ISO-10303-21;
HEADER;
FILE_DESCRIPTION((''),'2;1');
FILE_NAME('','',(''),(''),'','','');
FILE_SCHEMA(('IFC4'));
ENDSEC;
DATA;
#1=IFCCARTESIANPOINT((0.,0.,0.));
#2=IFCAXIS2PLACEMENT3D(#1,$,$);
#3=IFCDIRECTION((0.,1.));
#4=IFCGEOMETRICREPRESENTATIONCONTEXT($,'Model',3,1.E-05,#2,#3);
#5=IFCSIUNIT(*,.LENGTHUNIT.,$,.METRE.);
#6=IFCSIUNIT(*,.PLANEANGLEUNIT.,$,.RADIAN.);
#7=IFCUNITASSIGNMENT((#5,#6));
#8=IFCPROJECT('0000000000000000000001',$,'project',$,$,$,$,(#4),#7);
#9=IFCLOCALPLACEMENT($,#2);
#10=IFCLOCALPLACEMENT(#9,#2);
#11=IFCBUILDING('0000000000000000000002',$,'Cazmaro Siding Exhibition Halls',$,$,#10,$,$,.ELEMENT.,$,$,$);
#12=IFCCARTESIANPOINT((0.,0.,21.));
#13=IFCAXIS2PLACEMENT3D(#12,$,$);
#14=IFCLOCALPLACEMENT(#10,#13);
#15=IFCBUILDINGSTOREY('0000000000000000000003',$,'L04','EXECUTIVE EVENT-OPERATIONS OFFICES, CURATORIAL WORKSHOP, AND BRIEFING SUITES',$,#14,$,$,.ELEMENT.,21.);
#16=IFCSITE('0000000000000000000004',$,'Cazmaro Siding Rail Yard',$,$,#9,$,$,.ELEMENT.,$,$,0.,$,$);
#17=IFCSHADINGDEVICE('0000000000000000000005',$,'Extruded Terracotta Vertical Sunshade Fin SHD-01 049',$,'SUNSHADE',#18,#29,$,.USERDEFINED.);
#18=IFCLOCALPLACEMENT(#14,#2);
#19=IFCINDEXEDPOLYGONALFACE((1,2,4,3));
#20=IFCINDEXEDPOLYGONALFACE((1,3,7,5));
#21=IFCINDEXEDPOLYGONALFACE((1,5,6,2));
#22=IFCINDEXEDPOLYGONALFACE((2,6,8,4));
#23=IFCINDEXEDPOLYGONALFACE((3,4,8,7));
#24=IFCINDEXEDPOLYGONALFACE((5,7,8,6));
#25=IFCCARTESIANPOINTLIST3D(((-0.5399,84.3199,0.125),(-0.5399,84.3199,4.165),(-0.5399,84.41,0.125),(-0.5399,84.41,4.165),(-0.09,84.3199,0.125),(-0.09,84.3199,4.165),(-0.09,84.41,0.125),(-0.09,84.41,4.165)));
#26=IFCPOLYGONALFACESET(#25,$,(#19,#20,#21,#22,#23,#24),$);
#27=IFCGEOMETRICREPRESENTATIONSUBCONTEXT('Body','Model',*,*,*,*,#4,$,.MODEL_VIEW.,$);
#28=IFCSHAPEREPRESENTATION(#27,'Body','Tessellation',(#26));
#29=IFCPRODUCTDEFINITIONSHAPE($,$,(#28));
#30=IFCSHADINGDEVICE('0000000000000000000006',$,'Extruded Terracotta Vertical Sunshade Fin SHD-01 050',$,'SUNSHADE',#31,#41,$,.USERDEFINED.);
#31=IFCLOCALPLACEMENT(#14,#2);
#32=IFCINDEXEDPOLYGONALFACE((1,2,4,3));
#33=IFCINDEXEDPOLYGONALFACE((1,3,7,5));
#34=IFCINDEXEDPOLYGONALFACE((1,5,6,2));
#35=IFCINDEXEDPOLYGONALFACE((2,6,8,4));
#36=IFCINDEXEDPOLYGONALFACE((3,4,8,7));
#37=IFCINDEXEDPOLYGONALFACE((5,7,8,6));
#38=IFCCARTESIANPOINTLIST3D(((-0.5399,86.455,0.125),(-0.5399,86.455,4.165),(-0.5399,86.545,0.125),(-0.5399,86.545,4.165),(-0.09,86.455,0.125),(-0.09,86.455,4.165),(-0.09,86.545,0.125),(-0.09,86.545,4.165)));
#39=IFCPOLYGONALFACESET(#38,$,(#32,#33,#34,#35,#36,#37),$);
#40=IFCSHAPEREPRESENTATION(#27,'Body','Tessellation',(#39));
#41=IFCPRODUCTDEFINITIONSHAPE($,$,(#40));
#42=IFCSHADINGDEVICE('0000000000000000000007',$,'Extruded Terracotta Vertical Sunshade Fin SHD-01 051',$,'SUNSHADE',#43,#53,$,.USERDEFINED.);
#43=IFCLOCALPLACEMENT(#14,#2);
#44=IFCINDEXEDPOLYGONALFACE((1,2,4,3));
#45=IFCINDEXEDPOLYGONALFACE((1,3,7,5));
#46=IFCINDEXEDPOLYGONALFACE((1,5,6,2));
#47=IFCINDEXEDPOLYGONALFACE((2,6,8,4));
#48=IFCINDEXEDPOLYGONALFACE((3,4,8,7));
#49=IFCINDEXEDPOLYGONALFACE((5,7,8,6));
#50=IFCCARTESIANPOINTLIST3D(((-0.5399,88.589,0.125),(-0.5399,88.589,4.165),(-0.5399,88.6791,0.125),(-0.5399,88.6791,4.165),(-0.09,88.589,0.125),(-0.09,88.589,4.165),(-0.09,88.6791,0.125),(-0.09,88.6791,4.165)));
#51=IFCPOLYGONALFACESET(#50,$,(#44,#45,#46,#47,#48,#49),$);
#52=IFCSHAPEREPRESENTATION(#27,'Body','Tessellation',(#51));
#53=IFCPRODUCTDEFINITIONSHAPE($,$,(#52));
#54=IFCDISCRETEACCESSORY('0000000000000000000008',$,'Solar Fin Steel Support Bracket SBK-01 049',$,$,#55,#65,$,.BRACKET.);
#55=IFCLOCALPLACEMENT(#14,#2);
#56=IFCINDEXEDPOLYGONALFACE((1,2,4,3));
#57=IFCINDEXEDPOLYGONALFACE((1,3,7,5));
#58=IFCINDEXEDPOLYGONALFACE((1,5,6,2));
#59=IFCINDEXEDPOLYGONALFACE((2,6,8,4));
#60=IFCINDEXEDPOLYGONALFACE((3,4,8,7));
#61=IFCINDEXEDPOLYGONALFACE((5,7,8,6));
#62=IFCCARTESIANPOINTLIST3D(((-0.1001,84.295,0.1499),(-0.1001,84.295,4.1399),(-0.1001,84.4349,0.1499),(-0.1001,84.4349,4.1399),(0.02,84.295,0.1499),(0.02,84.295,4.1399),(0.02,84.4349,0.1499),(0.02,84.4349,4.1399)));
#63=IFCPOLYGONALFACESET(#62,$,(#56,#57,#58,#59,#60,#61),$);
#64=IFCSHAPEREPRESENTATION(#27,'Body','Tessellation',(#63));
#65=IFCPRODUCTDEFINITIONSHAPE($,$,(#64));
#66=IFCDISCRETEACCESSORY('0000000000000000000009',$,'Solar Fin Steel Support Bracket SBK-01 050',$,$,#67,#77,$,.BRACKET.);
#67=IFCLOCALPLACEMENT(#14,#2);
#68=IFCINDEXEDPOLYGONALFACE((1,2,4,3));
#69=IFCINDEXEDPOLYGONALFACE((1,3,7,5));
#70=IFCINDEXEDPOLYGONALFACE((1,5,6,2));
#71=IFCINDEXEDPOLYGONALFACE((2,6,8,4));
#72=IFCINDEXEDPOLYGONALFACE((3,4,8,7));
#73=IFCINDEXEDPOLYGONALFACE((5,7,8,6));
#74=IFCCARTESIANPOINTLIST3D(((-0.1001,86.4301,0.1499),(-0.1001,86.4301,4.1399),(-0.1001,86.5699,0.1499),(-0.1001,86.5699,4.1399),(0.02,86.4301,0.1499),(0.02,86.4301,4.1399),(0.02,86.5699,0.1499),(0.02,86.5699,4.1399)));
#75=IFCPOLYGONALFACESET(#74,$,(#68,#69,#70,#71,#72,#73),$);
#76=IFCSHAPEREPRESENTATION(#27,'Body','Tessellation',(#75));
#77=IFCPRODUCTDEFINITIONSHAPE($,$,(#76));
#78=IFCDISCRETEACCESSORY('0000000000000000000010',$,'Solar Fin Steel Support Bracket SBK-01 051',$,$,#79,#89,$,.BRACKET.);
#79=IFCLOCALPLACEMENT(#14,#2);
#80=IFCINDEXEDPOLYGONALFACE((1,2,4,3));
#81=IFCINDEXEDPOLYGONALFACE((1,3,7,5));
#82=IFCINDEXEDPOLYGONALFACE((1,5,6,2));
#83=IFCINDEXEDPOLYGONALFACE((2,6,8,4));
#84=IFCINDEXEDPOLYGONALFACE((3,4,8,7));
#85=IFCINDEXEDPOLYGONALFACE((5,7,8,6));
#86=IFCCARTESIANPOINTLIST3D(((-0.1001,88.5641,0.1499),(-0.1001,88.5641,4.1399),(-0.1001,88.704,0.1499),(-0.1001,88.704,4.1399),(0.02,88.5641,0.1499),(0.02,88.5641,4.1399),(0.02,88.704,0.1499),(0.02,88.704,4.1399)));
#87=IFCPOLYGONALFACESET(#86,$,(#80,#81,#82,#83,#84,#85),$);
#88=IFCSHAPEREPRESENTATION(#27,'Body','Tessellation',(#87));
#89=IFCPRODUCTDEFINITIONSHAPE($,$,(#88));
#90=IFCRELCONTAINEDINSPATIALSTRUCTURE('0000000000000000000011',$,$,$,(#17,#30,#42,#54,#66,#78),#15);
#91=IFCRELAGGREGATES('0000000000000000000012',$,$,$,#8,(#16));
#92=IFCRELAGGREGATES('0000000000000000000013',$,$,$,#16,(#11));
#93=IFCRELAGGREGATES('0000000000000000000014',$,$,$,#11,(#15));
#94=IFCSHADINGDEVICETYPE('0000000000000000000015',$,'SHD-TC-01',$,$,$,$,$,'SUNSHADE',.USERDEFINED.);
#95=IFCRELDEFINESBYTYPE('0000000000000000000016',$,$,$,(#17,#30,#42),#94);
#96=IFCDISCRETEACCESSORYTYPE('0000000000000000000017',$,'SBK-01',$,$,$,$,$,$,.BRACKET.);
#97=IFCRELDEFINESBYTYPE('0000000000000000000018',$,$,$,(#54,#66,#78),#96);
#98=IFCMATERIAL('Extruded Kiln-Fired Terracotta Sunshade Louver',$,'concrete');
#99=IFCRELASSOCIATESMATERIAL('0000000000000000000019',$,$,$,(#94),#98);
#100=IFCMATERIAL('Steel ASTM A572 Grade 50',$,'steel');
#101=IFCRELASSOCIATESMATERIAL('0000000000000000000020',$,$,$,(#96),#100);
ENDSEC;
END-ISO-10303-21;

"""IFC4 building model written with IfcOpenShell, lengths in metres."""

from ifc_helpers import new_model, si_unit, direction, frame, origin, origin_2d, place, context, subcontext, project, spatial, rectangle, extrude, material, type_object, element, save


model = new_model("IFC4")

# Units and contexts
model_context = context("Model", 3, precision=1e-05, world=origin(), true_north=direction((0.0, 1.0)))
body_context = subcontext(model_context, "Body", "Model", "MODEL_VIEW")
ifc_project = project(units=[si_unit("LENGTHUNIT", "METRE"), si_unit("PLANEANGLEUNIT", "RADIAN")], contexts=[model_context])

# Site, building, storey
site_placement = place(None, origin())
site = spatial("IfcSite", under=ifc_project, at=site_placement, Name="Cazmaro Siding Rail Yard", CompositionType="ELEMENT", RefElevation=0.0)
building_placement = place(site_placement, origin())
building = spatial("IfcBuilding", under=site, at=building_placement, Name="Cazmaro Siding Exhibition Halls", CompositionType="ELEMENT")
storey_placement = place(building_placement, frame((0.0, 0.0, 21.0)))
storey = spatial("IfcBuildingStorey", under=building, at=storey_placement, Name="L04", Description="EXECUTIVE EVENT-OPERATIONS OFFICES, CURATORIAL WORKSHOP, AND BRIEFING SUITES", CompositionType="ELEMENT", Elevation=21.0)

# Shading devices
ifc_material_1 = material(Name="Extruded Kiln-Fired Terracotta Sunshade Louver", Category="concrete")
shading_device_type = type_object("IfcShadingDeviceType", Name="SHD-TC-01", ElementType="SUNSHADE", PredefinedType="USERDEFINED", material=ifc_material_1)
for number, where, z_axis, x_axis, name in (
    (1, (-0.3149, 84.365, 0.125), (0.0, 0.0, 1.0), (1.0, 0.0, 0.0), "Extruded Terracotta Vertical Sunshade Fin SHD-01 049"),
    (2, (-0.3149, 86.5, 0.125), (0.0, 0.0, 1.0), (1.0, 0.0, 0.0), "Extruded Terracotta Vertical Sunshade Fin SHD-01 050"),
    (3, (-0.3149, 88.634, 0.125), (0.0, 0.0, 1.0), (1.0, 0.0, 0.0), "Extruded Terracotta Vertical Sunshade Fin SHD-01 051"),
):
    element("IfcShadingDevice", number, at=place(storey_placement, frame(where, z_axis=z_axis, x_axis=x_axis)), inside=storey, type_object=shading_device_type, Name=name, ObjectType="SUNSHADE", PredefinedType="USERDEFINED", context=body_context, shape_type="SweptSolid", body=[
        extrude(rectangle(XDim=0.45, YDim=0.0901, at=origin_2d()), origin(), (0.0, 0.0, 1.0), 4.04),
    ])

# Discrete accessories
ifc_material_2 = material(Name="Steel ASTM A572 Grade 50", Category="steel")
discrete_accessory_type = type_object("IfcDiscreteAccessoryType", Name="SBK-01", PredefinedType="BRACKET", material=ifc_material_2)
for number, where, z_axis, x_axis, name in (
    (4, (-0.04, 84.365, 0.1499), (0.0, 0.0, 1.0), (1.0, 0.0, 0.0), "Solar Fin Steel Support Bracket SBK-01 049"),
    (5, (-0.04, 86.5, 0.1499), (0.0, 0.0, 1.0), (1.0, 0.0, 0.0), "Solar Fin Steel Support Bracket SBK-01 050"),
    (6, (-0.04, 88.634, 0.1499), (0.0, 0.0, 1.0), (1.0, 0.0, 0.0), "Solar Fin Steel Support Bracket SBK-01 051"),
):
    element("IfcDiscreteAccessory", number, at=place(storey_placement, frame(where, z_axis=z_axis, x_axis=x_axis)), inside=storey, type_object=discrete_accessory_type, Name=name, PredefinedType="BRACKET", context=body_context, shape_type="SweptSolid", body=[
        extrude(rectangle(XDim=0.1201, YDim=0.1399, at=origin_2d()), origin(), (0.0, 0.0, 1.0), 3.99),
    ])

save(model, "model.ifc")
